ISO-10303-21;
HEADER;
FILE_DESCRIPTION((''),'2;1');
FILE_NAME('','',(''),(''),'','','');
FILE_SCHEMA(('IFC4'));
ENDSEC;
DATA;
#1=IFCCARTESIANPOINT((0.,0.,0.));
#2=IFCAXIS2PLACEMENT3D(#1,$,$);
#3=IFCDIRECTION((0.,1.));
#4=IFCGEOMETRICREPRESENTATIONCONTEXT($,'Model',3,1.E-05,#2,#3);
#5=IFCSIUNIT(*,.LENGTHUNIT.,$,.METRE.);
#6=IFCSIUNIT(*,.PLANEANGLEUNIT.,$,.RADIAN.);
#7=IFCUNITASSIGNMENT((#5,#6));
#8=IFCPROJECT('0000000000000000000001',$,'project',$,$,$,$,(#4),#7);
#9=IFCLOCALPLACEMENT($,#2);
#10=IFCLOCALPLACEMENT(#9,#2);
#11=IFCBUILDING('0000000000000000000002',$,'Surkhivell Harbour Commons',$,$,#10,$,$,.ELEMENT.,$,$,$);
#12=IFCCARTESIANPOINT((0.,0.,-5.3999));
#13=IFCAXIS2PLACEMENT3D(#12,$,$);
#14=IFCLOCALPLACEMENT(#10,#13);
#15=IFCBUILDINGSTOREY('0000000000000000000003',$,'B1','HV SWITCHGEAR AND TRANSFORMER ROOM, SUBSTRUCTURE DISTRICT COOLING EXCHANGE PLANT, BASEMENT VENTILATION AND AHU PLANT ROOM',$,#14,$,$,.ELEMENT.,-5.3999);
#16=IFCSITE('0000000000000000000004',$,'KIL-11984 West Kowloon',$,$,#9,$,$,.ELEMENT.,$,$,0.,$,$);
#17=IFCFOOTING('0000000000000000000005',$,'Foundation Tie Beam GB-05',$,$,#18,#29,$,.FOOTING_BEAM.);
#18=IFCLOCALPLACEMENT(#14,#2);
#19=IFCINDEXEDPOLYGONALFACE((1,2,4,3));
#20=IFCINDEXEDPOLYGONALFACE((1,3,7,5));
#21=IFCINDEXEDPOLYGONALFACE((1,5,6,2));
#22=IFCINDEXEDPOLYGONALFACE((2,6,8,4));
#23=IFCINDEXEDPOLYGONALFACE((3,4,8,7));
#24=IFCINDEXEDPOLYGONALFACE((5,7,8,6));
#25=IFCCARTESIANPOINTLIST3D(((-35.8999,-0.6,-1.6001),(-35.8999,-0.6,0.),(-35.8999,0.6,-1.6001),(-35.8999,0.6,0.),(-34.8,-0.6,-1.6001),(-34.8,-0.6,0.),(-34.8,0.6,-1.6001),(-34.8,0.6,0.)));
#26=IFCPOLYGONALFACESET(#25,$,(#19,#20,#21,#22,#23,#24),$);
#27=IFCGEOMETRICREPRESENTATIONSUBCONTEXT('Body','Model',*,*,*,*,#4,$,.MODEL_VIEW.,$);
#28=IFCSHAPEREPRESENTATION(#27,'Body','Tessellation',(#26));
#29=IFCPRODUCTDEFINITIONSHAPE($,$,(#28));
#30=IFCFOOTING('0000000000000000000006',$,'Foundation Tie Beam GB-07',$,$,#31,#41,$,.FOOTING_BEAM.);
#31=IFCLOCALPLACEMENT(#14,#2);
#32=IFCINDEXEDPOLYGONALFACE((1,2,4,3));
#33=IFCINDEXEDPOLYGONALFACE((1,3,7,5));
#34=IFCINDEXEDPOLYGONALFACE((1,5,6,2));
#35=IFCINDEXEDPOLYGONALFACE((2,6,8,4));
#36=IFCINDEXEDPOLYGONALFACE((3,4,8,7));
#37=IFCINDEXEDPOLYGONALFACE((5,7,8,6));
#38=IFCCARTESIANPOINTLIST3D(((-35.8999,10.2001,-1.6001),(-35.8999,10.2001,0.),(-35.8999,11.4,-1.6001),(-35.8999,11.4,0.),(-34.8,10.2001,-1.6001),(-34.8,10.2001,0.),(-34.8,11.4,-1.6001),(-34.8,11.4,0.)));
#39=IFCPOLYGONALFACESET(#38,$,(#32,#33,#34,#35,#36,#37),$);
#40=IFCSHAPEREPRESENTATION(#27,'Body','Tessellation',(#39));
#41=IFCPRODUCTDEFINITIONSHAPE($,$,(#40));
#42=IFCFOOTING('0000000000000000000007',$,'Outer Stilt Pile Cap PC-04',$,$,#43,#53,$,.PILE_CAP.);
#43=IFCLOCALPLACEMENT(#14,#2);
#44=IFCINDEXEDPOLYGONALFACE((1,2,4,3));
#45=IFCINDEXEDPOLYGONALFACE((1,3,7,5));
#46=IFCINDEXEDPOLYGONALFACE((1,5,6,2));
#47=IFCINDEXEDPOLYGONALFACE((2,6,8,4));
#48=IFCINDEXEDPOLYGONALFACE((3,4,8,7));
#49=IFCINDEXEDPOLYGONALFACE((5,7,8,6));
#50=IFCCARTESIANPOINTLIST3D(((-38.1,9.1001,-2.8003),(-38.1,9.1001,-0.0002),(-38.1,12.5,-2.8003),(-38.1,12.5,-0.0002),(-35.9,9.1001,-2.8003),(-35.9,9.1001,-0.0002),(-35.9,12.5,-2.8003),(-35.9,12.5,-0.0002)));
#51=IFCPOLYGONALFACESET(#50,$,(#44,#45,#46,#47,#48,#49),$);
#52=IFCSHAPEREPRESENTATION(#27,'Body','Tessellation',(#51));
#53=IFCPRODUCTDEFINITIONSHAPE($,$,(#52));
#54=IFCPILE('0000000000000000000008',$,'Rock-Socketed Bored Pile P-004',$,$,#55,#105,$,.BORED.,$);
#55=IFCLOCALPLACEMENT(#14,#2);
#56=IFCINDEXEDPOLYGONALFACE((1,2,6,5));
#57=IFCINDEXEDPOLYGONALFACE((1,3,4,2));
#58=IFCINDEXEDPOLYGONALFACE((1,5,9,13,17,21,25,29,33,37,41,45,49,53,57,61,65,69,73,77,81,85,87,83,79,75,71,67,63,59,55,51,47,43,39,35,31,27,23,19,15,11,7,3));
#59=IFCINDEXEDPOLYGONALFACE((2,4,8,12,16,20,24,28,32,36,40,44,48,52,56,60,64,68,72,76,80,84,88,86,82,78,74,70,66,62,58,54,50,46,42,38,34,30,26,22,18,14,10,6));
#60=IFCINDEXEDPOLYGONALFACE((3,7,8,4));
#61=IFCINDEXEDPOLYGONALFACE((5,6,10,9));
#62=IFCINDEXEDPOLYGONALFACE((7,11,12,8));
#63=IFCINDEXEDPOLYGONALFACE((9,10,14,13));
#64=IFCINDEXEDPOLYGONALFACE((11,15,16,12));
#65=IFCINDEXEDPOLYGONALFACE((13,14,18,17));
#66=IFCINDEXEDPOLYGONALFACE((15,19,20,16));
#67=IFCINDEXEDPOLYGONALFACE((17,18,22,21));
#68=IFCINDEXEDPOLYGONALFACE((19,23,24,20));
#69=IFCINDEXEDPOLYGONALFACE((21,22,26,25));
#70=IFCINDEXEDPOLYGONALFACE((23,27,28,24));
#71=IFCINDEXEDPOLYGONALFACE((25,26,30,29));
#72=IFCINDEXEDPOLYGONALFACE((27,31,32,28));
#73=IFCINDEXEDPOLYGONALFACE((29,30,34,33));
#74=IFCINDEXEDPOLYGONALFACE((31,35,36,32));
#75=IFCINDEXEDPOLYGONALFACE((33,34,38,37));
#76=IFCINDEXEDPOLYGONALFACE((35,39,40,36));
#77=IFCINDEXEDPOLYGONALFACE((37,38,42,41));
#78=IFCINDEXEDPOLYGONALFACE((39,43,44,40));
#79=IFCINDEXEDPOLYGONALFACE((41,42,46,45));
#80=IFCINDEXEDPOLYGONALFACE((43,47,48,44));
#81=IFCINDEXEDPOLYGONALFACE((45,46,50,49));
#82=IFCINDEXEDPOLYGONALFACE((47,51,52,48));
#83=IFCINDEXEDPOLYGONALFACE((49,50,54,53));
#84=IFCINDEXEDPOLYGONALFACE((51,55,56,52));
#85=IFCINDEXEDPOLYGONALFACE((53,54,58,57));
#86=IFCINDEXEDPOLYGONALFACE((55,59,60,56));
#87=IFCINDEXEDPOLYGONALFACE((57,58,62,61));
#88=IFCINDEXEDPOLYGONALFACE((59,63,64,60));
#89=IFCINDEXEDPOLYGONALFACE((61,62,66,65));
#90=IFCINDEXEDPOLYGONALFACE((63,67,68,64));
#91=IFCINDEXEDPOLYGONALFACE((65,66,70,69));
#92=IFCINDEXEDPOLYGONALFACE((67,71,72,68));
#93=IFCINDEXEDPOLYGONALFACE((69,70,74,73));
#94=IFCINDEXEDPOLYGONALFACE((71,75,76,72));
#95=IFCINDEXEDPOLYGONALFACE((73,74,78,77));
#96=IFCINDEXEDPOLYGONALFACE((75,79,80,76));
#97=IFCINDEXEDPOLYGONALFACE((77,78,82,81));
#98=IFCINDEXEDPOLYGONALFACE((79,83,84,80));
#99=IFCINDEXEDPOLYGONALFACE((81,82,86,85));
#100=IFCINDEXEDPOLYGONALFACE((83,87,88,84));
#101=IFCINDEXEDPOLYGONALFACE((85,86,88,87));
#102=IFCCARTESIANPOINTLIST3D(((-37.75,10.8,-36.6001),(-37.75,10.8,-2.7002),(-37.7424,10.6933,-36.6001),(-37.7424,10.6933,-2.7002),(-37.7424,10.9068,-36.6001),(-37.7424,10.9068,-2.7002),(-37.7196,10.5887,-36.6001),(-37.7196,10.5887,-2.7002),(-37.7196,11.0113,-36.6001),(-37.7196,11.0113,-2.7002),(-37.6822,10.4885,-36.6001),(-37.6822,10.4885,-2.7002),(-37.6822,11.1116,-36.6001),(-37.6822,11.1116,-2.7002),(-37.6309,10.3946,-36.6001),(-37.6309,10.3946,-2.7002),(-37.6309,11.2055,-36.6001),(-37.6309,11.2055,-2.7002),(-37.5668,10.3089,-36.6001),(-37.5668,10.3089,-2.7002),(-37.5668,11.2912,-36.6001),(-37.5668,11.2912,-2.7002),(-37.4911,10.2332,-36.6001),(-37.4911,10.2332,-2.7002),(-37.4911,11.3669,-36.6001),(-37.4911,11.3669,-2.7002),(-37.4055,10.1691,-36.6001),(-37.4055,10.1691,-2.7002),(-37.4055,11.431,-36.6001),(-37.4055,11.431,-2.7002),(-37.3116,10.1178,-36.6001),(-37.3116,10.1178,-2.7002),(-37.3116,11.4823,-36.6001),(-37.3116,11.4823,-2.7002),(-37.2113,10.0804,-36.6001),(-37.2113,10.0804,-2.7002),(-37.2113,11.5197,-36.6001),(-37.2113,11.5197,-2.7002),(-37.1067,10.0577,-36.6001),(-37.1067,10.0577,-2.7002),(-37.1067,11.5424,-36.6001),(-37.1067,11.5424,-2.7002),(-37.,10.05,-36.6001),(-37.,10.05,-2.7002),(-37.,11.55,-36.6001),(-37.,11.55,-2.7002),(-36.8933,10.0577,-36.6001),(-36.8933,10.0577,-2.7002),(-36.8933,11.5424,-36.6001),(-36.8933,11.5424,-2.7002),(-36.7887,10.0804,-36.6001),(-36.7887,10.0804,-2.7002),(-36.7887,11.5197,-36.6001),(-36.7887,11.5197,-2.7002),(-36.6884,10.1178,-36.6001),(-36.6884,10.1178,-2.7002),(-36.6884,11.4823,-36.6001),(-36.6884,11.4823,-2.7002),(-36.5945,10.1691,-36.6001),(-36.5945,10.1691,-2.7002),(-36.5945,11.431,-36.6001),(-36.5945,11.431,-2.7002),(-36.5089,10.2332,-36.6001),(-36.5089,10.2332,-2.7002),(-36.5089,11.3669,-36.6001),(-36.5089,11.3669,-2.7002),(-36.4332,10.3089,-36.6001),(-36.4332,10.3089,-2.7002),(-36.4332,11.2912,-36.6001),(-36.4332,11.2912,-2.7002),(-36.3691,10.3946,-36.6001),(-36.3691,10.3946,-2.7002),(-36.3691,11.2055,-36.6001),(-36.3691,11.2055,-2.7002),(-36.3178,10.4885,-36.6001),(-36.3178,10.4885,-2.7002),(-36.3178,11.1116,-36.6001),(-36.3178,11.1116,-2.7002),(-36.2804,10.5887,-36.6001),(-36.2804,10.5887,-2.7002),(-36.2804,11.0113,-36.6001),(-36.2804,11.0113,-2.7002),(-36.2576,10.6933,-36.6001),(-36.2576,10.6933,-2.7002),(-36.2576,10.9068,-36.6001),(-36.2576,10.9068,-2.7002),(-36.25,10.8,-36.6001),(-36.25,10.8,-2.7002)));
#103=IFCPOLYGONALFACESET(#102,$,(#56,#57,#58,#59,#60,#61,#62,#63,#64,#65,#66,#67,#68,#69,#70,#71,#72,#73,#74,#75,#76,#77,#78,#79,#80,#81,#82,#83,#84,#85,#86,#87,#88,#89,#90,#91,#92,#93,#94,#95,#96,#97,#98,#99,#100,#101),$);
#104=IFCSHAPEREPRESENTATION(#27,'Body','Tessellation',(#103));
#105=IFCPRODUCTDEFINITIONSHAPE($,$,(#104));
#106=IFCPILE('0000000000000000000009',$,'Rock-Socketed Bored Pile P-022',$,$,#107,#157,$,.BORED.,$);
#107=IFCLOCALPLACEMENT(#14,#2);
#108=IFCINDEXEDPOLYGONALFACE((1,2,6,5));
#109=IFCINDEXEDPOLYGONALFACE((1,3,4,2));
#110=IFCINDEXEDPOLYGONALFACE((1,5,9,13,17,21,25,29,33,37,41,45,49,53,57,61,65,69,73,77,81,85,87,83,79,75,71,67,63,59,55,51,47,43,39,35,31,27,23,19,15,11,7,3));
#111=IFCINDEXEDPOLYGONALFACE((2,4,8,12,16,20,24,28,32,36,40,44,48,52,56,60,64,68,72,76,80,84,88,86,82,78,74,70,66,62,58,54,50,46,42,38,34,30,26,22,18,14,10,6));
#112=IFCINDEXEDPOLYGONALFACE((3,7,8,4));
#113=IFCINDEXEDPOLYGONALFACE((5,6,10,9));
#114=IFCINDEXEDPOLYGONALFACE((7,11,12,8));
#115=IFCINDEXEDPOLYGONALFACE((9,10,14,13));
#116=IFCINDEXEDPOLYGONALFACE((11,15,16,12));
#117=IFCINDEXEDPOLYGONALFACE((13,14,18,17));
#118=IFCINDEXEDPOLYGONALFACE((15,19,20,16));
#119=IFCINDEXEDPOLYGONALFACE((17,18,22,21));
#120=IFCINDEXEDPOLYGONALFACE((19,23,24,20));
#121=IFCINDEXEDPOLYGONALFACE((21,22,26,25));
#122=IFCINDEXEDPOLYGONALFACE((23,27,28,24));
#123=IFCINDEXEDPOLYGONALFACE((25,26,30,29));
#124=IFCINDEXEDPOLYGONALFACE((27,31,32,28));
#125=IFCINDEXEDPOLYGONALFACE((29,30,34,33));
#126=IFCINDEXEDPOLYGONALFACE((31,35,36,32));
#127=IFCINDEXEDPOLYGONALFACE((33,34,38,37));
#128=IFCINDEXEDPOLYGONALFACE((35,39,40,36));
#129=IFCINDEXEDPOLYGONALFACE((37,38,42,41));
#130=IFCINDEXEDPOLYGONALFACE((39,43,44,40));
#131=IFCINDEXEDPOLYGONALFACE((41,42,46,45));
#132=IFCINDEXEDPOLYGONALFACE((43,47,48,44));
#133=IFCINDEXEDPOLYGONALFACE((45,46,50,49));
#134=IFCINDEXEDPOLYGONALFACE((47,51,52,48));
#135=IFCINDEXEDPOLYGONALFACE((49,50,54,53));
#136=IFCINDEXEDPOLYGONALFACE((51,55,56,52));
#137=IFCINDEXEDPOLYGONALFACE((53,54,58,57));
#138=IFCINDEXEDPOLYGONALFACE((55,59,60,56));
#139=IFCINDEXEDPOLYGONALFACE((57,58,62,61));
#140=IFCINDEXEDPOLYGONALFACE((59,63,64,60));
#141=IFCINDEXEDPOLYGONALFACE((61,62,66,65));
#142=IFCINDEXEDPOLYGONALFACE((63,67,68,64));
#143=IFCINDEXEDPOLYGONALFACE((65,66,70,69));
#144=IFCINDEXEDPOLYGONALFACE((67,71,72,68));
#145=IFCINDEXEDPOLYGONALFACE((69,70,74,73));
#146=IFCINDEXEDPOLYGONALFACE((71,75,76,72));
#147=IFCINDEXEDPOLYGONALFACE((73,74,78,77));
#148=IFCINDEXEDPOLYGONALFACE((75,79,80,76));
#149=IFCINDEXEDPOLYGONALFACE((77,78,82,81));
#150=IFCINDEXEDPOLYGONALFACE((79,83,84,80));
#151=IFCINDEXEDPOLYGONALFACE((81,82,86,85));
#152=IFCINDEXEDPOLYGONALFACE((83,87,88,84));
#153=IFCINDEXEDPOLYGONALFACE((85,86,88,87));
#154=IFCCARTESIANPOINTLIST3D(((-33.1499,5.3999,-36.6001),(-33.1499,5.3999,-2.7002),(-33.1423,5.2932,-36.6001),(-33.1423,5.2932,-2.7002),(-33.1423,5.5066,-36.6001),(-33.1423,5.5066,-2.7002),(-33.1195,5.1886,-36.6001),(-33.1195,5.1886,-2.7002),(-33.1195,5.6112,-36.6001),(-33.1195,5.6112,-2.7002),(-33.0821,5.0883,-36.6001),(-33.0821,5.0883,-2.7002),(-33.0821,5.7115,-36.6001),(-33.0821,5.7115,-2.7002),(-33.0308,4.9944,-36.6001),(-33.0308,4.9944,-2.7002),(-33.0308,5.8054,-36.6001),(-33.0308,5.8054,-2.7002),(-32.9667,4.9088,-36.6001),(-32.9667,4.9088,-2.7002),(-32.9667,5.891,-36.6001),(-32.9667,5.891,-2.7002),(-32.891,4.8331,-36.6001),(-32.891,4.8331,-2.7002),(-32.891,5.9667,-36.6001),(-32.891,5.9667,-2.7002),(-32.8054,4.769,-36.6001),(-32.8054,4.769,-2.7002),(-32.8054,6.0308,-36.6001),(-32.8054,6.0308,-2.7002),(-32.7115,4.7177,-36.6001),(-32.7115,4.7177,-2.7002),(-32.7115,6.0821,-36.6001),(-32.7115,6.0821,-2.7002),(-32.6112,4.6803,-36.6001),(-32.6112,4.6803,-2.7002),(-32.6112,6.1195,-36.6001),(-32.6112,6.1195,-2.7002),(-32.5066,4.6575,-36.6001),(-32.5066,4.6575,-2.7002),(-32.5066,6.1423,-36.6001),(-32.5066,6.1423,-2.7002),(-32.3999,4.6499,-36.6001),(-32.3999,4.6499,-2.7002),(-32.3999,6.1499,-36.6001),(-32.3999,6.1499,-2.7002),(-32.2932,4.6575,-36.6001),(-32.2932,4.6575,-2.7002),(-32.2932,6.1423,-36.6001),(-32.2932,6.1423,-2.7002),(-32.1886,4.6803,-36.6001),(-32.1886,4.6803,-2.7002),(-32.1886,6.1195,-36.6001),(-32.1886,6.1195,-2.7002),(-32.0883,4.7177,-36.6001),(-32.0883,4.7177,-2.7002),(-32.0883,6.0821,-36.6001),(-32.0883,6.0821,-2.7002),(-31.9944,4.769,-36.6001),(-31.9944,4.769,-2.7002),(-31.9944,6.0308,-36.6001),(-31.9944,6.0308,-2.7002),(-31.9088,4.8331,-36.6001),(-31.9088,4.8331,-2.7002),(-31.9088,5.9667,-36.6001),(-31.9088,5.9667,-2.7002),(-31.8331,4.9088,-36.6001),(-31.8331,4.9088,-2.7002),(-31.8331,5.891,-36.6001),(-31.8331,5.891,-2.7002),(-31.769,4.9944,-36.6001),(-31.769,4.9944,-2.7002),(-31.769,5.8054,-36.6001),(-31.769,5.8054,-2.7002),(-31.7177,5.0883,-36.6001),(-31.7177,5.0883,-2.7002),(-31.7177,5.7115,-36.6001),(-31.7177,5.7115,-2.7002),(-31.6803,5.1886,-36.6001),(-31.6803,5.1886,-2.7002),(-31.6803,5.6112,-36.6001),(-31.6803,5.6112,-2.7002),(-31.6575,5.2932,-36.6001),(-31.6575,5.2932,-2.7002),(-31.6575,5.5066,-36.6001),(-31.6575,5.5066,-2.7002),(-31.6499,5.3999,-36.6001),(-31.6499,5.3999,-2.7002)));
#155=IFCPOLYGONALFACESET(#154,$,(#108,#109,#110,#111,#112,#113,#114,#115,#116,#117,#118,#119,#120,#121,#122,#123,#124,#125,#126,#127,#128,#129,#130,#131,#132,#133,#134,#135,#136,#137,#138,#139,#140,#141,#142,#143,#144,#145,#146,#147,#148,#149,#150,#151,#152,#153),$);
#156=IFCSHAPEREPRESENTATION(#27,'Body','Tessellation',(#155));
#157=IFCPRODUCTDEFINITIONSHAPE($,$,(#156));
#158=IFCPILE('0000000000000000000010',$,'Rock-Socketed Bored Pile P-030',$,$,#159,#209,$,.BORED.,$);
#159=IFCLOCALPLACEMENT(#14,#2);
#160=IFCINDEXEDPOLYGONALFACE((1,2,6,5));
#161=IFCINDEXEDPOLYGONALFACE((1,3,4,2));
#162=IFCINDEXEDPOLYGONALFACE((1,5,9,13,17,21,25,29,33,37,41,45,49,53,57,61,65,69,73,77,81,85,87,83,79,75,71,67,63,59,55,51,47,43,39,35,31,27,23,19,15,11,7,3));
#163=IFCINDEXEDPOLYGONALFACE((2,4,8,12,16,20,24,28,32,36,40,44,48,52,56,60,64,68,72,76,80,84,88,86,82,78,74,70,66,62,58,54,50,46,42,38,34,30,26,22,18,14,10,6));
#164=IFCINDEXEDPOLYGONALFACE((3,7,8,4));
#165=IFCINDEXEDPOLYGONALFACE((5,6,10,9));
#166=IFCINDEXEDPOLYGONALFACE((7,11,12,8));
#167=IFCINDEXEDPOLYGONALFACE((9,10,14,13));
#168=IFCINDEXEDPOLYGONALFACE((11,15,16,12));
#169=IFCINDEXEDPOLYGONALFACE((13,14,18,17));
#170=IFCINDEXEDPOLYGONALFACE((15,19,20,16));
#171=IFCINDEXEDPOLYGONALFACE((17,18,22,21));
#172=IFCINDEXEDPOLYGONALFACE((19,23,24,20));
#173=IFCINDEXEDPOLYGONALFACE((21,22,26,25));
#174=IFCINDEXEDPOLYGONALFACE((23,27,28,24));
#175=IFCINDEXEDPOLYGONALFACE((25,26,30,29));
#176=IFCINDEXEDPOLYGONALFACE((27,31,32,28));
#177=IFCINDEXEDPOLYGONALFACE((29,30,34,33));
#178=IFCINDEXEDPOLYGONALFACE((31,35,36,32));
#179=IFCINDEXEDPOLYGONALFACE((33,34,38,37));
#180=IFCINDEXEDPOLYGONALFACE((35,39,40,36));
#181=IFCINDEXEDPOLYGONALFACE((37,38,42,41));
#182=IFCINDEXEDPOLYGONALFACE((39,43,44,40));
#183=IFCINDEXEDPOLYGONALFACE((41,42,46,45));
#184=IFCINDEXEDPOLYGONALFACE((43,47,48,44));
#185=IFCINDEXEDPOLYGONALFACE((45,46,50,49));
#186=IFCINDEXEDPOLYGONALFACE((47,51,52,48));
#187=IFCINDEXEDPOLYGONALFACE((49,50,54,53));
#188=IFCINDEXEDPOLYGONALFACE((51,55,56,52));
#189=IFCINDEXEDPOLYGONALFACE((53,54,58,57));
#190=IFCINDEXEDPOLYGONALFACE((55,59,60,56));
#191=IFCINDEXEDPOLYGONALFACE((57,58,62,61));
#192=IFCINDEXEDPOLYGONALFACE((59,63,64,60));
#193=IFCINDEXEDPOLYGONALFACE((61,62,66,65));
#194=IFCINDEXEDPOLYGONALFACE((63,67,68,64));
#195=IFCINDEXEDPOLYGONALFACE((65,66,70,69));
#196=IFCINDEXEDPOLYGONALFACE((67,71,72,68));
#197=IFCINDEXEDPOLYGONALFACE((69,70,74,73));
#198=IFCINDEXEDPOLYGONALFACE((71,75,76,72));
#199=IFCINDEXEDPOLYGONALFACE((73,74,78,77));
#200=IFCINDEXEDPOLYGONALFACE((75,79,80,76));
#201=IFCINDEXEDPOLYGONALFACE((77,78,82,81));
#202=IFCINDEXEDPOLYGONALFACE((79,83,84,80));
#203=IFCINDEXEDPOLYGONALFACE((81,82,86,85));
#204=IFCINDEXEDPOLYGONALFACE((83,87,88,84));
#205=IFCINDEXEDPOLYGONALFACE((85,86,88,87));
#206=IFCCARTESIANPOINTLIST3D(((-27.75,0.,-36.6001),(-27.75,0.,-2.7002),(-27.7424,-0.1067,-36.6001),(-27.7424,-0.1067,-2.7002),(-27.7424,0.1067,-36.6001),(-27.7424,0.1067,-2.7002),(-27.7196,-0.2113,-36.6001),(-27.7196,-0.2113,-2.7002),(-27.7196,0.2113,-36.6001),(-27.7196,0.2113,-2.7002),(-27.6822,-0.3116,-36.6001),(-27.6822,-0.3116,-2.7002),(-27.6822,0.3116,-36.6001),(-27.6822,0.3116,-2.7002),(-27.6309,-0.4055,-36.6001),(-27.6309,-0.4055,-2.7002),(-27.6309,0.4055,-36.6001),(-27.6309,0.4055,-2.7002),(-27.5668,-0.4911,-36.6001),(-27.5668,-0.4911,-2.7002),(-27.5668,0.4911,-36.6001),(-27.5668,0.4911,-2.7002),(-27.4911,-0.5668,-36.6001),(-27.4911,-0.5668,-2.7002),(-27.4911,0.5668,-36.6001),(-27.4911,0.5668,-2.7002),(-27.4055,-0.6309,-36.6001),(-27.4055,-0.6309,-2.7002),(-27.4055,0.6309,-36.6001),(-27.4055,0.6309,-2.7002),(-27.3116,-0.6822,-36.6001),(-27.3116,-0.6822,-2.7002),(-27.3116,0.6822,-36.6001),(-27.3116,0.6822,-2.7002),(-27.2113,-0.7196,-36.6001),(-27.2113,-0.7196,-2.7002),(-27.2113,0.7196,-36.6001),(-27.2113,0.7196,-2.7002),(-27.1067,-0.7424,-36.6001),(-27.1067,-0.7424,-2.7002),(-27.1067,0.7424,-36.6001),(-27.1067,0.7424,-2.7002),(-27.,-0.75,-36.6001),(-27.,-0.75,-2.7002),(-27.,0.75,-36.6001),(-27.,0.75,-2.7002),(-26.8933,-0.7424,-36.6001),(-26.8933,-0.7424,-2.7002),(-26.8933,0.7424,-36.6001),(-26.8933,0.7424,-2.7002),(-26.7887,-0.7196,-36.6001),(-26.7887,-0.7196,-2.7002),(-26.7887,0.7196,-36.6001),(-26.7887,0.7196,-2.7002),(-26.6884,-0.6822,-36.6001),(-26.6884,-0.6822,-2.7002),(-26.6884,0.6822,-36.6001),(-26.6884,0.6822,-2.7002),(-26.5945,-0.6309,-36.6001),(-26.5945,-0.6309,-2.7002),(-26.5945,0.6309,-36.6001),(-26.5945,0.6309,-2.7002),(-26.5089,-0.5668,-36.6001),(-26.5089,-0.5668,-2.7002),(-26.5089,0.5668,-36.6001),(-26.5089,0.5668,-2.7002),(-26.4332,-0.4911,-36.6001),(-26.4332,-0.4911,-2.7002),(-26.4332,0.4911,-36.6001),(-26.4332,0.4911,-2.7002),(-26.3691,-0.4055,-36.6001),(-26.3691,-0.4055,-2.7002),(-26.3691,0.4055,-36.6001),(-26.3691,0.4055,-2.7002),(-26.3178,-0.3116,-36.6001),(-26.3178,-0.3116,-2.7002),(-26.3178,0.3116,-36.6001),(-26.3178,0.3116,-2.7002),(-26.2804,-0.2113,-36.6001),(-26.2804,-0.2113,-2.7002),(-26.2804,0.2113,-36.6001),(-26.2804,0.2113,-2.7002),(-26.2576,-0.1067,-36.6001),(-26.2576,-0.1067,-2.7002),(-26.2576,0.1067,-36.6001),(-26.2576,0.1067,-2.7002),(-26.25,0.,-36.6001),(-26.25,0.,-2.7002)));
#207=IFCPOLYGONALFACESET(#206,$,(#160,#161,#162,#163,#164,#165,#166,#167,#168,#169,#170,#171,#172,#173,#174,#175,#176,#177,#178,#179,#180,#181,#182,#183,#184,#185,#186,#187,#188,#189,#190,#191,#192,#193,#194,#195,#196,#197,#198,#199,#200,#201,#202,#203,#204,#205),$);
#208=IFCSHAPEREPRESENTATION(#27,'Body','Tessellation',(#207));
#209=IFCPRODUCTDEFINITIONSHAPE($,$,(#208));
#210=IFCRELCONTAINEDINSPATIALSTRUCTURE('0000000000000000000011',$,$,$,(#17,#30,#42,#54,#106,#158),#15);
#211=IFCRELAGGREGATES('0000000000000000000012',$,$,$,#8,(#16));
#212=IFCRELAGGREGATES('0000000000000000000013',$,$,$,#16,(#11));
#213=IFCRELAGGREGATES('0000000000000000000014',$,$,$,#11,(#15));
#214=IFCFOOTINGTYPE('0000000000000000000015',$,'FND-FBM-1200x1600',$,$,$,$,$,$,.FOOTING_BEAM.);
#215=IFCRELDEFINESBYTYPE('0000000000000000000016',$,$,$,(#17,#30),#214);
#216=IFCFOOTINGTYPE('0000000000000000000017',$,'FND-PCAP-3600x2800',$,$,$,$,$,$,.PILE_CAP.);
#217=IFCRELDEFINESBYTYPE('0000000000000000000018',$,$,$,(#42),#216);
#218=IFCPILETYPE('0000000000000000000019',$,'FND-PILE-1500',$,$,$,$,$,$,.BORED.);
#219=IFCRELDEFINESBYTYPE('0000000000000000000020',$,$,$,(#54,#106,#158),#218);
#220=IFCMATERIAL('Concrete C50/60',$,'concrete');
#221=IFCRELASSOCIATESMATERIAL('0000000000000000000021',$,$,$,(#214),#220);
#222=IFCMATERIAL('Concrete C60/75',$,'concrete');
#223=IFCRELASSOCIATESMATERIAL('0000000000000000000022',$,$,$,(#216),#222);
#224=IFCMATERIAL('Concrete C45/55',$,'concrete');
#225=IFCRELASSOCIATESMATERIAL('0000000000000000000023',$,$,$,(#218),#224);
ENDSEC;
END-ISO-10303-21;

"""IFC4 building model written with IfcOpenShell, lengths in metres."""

from ifc_helpers import new_model, si_unit, direction, frame, origin, origin_2d, place, context, subcontext, project, spatial, rectangle, circle, extrude, material, material_profile, profile_set, type_object, element, save


model = new_model("IFC4")

# Units and contexts
model_context = context("Model", 3, precision=1e-05, world=origin(), true_north=direction((0.0, 1.0)))
body_context = subcontext(model_context, "Body", "Model", "MODEL_VIEW")
ifc_project = project(units=[si_unit("LENGTHUNIT", "METRE"), si_unit("PLANEANGLEUNIT", "RADIAN")], contexts=[model_context])

# Site, building, storey
site_placement = place(None, origin())
site = spatial("IfcSite", under=ifc_project, at=site_placement, Name="KIL-11984 West Kowloon", CompositionType="ELEMENT", RefElevation=0.0)
building_placement = place(site_placement, origin())
building = spatial("IfcBuilding", under=site, at=building_placement, Name="Surkhivell Harbour Commons", CompositionType="ELEMENT")
storey_placement = place(building_placement, frame((0.0, 0.0, -5.3999)))
storey = spatial("IfcBuildingStorey", under=building, at=storey_placement, Name="B1", Description="HV SWITCHGEAR AND TRANSFORMER ROOM, SUBSTRUCTURE DISTRICT COOLING EXCHANGE PLANT, BASEMENT VENTILATION AND AHU PLANT ROOM", CompositionType="ELEMENT", Elevation=-5.3999)

# Footings
ifc_material_1 = material(Name="Concrete C50/60", Category="concrete")
ifc_material_profile_1 = material_profile(ifc_material_1, rectangle(XDim=1.2, YDim=1.6001, at=origin_2d()), Name="RC-FBM-1200x1600")
ifc_profile_set_1 = profile_set([ifc_material_profile_1], Name="Concrete C50/60")
footing_type_1 = type_object("IfcFootingType", Name="FND-FBM-1200x1600", PredefinedType="FOOTING_BEAM", material=ifc_profile_set_1)
for number, where, z_axis, x_axis, name in (
    (1, (-35.8999, 0.0, -0.8), (1.0, 0.0, 0.0), (0.0, 1.0, 0.0), "Foundation Tie Beam GB-05"),
    (2, (-35.8999, 10.8, -0.8), (1.0, 0.0, 0.0), (0.0, 1.0, 0.0), "Foundation Tie Beam GB-07"),
):
    element("IfcFooting", number, at=place(storey_placement, frame(where, z_axis=z_axis, x_axis=x_axis)), inside=storey, type_object=footing_type_1, Name=name, PredefinedType="FOOTING_BEAM", context=body_context, shape_type="SweptSolid", body=[
        extrude(rectangle(XDim=1.2, YDim=1.6001, at=origin_2d()), origin(), (0.0, 0.0, 1.0), 1.0999),
    ])
ifc_material_2 = material(Name="Concrete C60/75", Category="concrete")
footing_type_2 = type_object("IfcFootingType", Name="FND-PCAP-3600x2800", PredefinedType="PILE_CAP", material=ifc_material_2)
footing_placement = place(storey_placement, frame((-37.0, 10.8, -2.8003), z_axis=(0.0, 0.0, 1.0), x_axis=(1.0, 0.0, 0.0)))
element("IfcFooting", 3, at=footing_placement, inside=storey, type_object=footing_type_2, Name="Outer Stilt Pile Cap PC-04", PredefinedType="PILE_CAP", context=body_context, shape_type="SweptSolid", body=[
    extrude(rectangle(XDim=2.2, YDim=3.3999, at=origin_2d()), origin(), (0.0, 0.0, 1.0), 2.8),
])

# Piles
ifc_material_3 = material(Name="Concrete C45/55", Category="concrete")
ifc_material_profile_2 = material_profile(ifc_material_3, circle(Radius=0.75, at=origin_2d()), Name="PILE-1500")
ifc_profile_set_2 = profile_set([ifc_material_profile_2], Name="Concrete C45/55")
pile_type_1 = type_object("IfcPileType", Name="FND-PILE-1500", PredefinedType="BORED", material=ifc_profile_set_2)
for number, where, z_axis, x_axis, name in (
    (4, (-37.0, 10.8, -2.7002), (0.0, 0.0, -1.0), (1.0, 0.0, 0.0), "Rock-Socketed Bored Pile P-004"),
    (5, (-32.3999, 5.3999, -2.7002), (0.0, 0.0, -1.0), (1.0, 0.0, 0.0), "Rock-Socketed Bored Pile P-022"),
    (6, (-27.0, 0.0, -2.7002), (0.0, 0.0, -1.0), (1.0, 0.0, 0.0), "Rock-Socketed Bored Pile P-030"),
):
    element("IfcPile", number, at=place(storey_placement, frame(where, z_axis=z_axis, x_axis=x_axis)), inside=storey, type_object=pile_type_1, Name=name, PredefinedType="BORED", context=body_context, shape_type="SweptSolid", body=[
        extrude(circle(Radius=0.75, at=origin_2d()), origin(), (0.0, 0.0, 1.0), 33.8999),
    ])

save(model, "model.ifc")
